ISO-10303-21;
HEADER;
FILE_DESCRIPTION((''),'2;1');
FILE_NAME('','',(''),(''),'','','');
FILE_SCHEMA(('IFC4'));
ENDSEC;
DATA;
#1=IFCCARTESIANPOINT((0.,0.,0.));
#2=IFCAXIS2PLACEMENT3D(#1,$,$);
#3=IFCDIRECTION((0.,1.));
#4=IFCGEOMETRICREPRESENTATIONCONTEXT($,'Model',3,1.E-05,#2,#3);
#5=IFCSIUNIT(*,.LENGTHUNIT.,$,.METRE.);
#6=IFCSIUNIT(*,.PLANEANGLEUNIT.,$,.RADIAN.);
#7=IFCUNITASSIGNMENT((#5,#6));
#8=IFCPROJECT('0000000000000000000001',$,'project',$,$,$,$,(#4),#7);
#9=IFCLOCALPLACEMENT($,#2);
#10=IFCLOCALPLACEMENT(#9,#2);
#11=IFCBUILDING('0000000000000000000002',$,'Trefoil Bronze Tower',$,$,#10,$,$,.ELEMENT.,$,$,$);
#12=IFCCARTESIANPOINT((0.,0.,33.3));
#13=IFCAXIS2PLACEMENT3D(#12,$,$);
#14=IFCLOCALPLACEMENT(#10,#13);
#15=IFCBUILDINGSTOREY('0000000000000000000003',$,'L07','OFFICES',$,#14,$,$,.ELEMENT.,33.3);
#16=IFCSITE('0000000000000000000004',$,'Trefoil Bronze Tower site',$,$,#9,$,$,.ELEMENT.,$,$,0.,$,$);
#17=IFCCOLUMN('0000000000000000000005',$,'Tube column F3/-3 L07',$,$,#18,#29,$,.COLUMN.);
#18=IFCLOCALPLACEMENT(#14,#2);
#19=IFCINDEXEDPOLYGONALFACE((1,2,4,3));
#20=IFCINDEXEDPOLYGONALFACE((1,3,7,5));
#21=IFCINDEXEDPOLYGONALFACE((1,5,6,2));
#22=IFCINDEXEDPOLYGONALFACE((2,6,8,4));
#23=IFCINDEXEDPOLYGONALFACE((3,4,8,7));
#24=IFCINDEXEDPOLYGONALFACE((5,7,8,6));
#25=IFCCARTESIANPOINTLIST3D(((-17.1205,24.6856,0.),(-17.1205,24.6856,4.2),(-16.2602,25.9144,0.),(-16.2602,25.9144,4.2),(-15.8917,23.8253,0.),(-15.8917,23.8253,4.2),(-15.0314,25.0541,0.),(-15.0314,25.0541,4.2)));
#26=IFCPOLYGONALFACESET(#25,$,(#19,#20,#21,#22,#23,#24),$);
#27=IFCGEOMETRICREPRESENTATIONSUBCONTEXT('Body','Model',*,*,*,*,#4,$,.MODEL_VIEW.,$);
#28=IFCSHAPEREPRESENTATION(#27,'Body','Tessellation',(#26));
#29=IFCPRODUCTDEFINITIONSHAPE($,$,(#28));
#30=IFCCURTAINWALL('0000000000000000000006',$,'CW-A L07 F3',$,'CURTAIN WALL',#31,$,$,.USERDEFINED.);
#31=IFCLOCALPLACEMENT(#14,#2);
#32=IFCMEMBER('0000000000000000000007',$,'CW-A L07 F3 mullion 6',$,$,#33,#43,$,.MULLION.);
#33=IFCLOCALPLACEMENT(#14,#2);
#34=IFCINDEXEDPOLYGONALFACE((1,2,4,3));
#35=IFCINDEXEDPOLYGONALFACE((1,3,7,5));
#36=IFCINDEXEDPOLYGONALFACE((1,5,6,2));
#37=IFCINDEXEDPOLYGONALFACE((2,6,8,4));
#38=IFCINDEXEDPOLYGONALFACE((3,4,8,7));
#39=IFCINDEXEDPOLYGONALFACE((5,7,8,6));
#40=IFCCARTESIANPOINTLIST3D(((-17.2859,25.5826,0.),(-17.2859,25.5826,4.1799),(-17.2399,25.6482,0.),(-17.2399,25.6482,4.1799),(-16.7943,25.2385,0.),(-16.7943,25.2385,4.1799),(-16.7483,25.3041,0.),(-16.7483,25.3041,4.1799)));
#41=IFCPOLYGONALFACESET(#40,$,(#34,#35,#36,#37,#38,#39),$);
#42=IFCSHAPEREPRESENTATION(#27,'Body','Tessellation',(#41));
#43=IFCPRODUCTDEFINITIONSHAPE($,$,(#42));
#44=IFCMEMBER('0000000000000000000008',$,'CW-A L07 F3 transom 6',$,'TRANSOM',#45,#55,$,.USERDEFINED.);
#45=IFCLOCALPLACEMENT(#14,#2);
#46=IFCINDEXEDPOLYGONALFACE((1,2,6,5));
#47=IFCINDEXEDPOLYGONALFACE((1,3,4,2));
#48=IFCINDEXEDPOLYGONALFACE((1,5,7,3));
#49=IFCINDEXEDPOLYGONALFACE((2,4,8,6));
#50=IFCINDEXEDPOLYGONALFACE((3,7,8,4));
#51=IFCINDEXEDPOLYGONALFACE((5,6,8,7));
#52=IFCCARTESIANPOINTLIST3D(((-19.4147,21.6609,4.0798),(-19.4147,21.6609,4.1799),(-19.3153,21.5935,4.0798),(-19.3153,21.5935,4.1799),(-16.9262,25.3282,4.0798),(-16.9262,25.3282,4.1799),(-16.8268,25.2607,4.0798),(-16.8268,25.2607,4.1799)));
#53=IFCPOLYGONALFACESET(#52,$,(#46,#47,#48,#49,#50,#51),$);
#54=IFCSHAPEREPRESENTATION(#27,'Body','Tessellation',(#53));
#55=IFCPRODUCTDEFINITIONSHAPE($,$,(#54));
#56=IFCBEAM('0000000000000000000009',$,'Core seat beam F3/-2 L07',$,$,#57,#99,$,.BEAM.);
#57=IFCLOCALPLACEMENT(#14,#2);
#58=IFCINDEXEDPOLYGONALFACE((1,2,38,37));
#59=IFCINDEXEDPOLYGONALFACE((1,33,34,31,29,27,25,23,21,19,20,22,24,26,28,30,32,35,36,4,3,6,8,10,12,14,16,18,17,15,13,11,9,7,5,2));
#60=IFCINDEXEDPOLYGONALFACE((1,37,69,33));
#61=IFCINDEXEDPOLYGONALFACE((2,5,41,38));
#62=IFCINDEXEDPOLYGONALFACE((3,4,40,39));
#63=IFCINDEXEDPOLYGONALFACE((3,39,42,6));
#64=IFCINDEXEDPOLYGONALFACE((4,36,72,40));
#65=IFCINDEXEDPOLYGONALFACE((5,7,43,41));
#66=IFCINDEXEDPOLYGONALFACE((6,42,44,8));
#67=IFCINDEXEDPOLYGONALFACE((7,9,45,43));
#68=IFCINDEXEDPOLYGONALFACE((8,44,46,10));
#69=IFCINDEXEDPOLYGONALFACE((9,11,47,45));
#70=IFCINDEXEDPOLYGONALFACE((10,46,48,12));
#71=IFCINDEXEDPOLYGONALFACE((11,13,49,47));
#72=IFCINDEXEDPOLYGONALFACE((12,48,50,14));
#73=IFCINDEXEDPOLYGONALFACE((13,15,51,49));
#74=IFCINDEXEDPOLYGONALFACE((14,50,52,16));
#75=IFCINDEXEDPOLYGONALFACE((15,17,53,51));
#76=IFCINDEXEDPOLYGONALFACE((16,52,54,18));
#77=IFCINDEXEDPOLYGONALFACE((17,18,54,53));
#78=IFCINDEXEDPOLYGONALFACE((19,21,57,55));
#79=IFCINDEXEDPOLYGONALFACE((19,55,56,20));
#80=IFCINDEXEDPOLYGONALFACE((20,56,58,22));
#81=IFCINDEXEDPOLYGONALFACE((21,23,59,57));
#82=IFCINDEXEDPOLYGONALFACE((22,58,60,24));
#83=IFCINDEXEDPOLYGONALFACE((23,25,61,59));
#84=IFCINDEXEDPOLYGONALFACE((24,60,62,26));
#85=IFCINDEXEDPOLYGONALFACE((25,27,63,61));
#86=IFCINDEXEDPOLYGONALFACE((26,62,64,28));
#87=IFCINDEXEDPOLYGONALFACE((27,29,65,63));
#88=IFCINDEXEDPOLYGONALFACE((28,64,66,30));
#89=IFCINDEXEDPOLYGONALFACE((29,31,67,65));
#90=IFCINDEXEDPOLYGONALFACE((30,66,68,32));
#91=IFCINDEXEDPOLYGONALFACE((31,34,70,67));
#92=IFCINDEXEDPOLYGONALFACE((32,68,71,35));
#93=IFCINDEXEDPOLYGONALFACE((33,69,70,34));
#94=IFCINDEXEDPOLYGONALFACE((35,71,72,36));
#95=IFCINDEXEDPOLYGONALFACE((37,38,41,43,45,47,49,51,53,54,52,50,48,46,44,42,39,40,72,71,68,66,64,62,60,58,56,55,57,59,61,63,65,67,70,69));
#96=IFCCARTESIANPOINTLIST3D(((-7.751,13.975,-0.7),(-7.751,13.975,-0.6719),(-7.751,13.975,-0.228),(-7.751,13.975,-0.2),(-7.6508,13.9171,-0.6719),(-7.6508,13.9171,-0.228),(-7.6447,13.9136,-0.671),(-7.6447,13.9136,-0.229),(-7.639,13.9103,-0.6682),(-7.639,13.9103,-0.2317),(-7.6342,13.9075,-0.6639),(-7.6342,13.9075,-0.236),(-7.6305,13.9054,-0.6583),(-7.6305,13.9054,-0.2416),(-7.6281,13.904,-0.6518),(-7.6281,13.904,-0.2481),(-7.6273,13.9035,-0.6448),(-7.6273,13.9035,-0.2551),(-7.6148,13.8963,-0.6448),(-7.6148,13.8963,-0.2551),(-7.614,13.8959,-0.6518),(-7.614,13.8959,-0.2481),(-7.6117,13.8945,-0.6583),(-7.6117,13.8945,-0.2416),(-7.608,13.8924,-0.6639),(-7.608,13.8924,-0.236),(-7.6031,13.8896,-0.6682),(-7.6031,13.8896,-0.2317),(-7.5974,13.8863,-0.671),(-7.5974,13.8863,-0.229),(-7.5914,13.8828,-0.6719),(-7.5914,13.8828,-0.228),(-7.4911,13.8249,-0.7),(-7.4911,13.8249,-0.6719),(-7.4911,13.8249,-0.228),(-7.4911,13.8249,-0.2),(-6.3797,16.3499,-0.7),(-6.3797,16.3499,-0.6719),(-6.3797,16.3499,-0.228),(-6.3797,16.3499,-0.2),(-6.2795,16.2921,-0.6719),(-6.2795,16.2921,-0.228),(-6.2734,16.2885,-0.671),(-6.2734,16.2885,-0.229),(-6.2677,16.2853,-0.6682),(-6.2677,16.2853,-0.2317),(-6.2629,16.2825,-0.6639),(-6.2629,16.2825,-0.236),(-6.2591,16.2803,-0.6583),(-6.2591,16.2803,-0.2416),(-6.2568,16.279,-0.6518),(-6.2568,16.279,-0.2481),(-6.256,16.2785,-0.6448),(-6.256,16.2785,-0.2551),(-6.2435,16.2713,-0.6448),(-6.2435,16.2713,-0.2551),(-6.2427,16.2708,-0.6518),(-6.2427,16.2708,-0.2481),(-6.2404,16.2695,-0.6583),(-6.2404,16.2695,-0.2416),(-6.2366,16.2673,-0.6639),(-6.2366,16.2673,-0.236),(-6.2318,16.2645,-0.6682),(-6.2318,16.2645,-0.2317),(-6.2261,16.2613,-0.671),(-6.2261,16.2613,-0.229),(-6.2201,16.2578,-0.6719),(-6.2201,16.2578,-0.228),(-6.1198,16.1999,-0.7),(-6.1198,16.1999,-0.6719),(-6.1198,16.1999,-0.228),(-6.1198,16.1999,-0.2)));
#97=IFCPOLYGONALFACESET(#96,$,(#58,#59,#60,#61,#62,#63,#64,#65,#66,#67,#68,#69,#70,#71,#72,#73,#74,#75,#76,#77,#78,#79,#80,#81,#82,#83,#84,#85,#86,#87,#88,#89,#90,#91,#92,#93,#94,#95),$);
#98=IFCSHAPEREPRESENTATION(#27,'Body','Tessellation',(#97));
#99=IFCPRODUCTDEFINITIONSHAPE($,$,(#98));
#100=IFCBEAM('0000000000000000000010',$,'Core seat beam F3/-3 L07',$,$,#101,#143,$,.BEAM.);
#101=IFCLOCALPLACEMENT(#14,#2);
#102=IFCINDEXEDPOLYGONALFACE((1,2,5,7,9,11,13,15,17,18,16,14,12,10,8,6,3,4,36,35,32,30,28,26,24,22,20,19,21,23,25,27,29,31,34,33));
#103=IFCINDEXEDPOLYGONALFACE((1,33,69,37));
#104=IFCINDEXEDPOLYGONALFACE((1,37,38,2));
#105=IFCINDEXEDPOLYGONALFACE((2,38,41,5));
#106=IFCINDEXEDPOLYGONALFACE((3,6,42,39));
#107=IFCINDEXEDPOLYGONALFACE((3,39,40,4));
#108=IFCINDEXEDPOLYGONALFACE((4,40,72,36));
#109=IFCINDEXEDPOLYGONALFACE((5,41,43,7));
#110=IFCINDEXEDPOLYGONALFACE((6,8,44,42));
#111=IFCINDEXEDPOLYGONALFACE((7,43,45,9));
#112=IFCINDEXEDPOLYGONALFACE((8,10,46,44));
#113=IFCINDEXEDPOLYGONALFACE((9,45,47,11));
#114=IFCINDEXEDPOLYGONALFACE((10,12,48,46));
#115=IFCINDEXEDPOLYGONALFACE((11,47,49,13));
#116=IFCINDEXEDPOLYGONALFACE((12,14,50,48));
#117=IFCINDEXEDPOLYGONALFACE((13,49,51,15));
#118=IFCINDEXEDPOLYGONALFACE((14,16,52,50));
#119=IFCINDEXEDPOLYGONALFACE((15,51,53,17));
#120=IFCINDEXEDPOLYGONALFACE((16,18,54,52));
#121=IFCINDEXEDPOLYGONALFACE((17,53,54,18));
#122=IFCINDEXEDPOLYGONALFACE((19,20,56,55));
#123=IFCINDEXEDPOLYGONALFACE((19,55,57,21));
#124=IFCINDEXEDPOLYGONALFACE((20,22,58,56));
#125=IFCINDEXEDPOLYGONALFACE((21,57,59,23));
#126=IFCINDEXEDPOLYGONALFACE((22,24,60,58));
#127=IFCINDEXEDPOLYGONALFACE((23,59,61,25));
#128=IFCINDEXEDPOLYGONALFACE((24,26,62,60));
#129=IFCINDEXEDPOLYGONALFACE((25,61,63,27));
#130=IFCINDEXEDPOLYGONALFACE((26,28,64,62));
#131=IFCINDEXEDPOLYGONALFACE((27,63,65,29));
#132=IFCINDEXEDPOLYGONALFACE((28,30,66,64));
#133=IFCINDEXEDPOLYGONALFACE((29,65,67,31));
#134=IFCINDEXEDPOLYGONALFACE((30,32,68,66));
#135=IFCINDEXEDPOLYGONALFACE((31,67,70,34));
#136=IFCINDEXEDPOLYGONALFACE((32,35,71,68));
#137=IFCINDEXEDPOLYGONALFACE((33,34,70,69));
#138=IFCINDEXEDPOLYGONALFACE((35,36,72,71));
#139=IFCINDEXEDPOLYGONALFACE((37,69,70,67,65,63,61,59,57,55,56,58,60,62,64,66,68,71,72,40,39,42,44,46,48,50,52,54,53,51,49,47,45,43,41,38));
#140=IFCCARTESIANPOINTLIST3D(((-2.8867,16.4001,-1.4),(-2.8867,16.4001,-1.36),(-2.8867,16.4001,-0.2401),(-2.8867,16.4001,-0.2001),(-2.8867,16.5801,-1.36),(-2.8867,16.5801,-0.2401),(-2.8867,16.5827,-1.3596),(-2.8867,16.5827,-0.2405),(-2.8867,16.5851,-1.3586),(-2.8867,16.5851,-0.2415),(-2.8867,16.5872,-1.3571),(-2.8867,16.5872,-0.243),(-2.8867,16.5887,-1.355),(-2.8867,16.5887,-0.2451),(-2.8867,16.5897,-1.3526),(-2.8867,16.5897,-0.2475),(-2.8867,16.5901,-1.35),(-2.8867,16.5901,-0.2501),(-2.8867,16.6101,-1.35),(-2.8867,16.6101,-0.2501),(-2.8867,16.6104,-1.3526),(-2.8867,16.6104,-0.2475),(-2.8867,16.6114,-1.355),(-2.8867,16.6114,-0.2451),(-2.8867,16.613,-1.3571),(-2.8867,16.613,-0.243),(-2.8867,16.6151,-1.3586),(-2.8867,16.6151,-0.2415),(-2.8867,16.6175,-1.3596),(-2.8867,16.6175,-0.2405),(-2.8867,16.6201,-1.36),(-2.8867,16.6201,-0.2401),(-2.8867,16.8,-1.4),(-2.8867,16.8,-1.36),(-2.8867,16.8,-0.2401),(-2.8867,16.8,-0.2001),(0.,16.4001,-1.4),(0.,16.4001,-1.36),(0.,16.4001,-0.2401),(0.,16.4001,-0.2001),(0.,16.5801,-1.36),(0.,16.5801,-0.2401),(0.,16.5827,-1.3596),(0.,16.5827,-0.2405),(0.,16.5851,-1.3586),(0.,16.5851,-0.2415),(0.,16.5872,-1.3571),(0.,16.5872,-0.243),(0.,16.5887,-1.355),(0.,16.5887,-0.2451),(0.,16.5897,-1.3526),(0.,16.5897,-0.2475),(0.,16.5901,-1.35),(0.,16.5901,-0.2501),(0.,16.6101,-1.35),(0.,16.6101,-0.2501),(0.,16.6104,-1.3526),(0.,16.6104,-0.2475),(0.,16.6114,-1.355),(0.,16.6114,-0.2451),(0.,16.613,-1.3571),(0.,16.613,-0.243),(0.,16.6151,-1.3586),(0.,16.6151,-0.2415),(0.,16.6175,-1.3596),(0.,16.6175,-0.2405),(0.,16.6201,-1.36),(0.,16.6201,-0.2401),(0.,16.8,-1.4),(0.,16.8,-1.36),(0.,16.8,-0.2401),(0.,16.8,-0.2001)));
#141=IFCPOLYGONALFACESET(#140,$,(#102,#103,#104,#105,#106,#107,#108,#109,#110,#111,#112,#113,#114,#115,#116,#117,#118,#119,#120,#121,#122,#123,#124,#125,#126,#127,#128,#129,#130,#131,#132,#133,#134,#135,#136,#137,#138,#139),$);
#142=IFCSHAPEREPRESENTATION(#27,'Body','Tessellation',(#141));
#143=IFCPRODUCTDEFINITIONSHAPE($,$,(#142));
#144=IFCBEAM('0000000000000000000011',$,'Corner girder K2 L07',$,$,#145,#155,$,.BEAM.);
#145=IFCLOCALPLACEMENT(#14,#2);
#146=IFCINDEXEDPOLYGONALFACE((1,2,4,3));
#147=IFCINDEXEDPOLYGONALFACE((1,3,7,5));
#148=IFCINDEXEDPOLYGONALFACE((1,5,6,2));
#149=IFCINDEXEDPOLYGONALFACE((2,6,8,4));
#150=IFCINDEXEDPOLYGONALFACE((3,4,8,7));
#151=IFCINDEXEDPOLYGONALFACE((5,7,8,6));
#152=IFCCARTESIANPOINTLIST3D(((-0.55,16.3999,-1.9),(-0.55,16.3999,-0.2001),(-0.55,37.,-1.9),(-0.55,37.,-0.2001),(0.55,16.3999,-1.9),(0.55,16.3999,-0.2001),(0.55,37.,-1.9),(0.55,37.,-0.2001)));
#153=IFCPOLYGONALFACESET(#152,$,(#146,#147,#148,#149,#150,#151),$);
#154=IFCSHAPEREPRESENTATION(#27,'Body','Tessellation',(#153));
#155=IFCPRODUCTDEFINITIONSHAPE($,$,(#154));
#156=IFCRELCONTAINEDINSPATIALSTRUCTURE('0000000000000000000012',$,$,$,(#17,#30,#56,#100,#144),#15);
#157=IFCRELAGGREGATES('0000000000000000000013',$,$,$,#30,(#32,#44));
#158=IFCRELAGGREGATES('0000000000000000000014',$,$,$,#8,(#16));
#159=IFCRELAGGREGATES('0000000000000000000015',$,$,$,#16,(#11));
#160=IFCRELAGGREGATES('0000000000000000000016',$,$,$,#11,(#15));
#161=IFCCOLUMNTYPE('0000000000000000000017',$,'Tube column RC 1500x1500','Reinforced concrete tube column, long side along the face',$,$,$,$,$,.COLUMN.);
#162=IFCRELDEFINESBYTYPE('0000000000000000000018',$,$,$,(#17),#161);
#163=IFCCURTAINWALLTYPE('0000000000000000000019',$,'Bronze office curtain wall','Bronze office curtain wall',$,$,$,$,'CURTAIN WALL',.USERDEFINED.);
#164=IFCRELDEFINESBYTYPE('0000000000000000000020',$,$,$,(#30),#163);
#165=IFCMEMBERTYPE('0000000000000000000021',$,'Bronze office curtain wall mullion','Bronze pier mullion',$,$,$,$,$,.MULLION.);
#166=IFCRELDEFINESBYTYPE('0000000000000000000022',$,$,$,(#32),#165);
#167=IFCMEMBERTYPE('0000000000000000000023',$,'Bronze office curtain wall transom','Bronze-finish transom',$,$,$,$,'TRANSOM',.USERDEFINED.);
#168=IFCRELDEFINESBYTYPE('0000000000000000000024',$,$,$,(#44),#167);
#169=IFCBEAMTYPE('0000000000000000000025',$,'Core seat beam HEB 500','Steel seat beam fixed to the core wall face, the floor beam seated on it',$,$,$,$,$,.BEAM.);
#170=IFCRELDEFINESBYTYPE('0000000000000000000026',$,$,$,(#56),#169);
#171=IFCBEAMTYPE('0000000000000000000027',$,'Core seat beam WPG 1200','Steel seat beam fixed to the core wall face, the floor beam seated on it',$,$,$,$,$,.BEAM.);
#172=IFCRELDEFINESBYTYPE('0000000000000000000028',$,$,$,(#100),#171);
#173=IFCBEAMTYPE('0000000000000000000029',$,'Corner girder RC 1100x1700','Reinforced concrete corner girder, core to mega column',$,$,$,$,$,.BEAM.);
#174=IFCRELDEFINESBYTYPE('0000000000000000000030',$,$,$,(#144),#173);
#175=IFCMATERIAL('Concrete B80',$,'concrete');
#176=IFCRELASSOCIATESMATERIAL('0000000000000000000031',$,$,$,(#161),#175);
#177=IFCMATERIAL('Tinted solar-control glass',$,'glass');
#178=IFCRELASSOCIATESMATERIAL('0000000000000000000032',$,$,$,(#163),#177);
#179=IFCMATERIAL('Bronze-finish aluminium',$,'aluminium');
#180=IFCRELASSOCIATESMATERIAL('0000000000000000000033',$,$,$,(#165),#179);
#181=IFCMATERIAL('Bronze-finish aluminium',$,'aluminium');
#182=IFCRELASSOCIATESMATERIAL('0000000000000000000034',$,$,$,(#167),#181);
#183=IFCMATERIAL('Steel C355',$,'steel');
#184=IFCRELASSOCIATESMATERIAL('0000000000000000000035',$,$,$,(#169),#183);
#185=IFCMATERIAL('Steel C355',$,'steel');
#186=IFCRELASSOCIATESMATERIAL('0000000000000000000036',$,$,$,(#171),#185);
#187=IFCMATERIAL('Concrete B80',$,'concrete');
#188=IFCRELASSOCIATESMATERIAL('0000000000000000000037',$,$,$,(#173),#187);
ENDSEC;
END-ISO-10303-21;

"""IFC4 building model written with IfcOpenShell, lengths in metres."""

from ifc_helpers import new_model, si_unit, direction, frame, origin, origin_2d, place, context, subcontext, project, spatial, rectangle, i_section, extrude, material, material_profile, profile_set, type_object, element, aggregate, save


model = new_model("IFC4")

# Units and contexts
model_context = context("Model", 3, precision=1e-05, world=origin(), true_north=direction((0.0, 1.0)))
body_context = subcontext(model_context, "Body", "Model", "MODEL_VIEW")
ifc_project = project(units=[si_unit("LENGTHUNIT", "METRE"), si_unit("PLANEANGLEUNIT", "RADIAN")], contexts=[model_context])

# Site, building, storey
site_placement = place(None, origin())
site = spatial("IfcSite", under=ifc_project, at=site_placement, Name="Trefoil Bronze Tower site", CompositionType="ELEMENT", RefElevation=0.0)
building_placement = place(site_placement, origin())
building = spatial("IfcBuilding", under=site, at=building_placement, Name="Trefoil Bronze Tower", CompositionType="ELEMENT")
storey_placement = place(building_placement, frame((0.0, 0.0, 33.3)))
storey = spatial("IfcBuildingStorey", under=building, at=storey_placement, Name="L07", Description="OFFICES", CompositionType="ELEMENT", Elevation=33.3)

# Column
ifc_material_1 = material(Name="Concrete B80", Category="concrete")
ifc_material_profile_1 = material_profile(ifc_material_1, rectangle(XDim=1.5, YDim=1.5, at=origin_2d()), Name="RC 1500x1500")
ifc_profile_set_1 = profile_set([ifc_material_profile_1], Name="Concrete B80")
column_type = type_object("IfcColumnType", Name="Tube column RC 1500x1500", Description="Reinforced concrete tube column, long side along the face", PredefinedType="COLUMN", material=ifc_profile_set_1)
column_placement = place(storey_placement, frame((-16.0759, 24.8699, 0.0), z_axis=(0.0, 0.0, 1.0), x_axis=(-0.573502, -0.819204, 0.0)))
element("IfcColumn", 1, at=column_placement, inside=storey, type_object=column_type, Name="Tube column F3/-3 L07", PredefinedType="COLUMN", context=body_context, shape_type="SweptSolid", body=[
    extrude(rectangle(XDim=1.5, YDim=1.5, at=origin_2d()), origin(), (0.0, 0.0, 1.0), 4.2),
])

# Curtain wall, members
ifc_material_2 = material(Name="Tinted solar-control glass", Category="glass")
curtain_wall_type = type_object("IfcCurtainWallType", Name="Bronze office curtain wall", Description="Bronze office curtain wall", ElementType="CURTAIN WALL", PredefinedType="USERDEFINED", material=ifc_material_2)
curtain_wall_placement = place(storey_placement, origin())
curtain_wall = element("IfcCurtainWall", 2, at=curtain_wall_placement, inside=storey, type_object=curtain_wall_type, Name="CW-A L07 F3", ObjectType="CURTAIN WALL", PredefinedType="USERDEFINED")
ifc_material_3 = material(Name="Bronze-finish aluminium", Category="aluminium")
ifc_material_profile_2 = material_profile(ifc_material_3, rectangle(XDim=0.6001, YDim=0.0801, at=origin_2d()), Name="CW-A mullion")
ifc_profile_set_2 = profile_set([ifc_material_profile_2], Name="Bronze-finish aluminium")
member_type_1 = type_object("IfcMemberType", Name="Bronze office curtain wall mullion", Description="Bronze pier mullion", PredefinedType="MULLION", material=ifc_profile_set_2)
member_1_placement = place(storey_placement, frame((-17.0171, 25.4434, 0.0), z_axis=(0.0, 0.0, 1.0), x_axis=(0.819204, -0.573502, 0.0)))
member_1 = element("IfcMember", 3, at=member_1_placement, type_object=member_type_1, Name="CW-A L07 F3 mullion 6", PredefinedType="MULLION", context=body_context, shape_type="SweptSolid", body=[
    extrude(rectangle(XDim=0.6001, YDim=0.0801, at=origin_2d()), origin(), (0.0, 0.0, 1.0), 4.1799),
])
ifc_material_4 = material(Name="Bronze-finish aluminium", Category="aluminium")
ifc_material_profile_3 = material_profile(ifc_material_4, rectangle(XDim=0.1201, YDim=0.1001, at=origin_2d()), Name="CW-A transom")
ifc_profile_set_3 = profile_set([ifc_material_profile_3], Name="Bronze-finish aluminium")
member_type_2 = type_object("IfcMemberType", Name="Bronze office curtain wall transom", Description="Bronze-finish transom", ElementType="TRANSOM", PredefinedType="USERDEFINED", material=ifc_profile_set_3)
member_2_placement = place(storey_placement, frame((-16.8765, 25.2944, 4.1299), z_axis=(-0.561508, -0.827471, 0.0), x_axis=(0.827471, -0.561508, 0.0)))
member_2 = element("IfcMember", 4, at=member_2_placement, type_object=member_type_2, Name="CW-A L07 F3 transom 6", ObjectType="TRANSOM", PredefinedType="USERDEFINED", context=body_context, shape_type="SweptSolid", body=[
    extrude(rectangle(XDim=0.1201, YDim=0.1001, at=origin_2d()), origin(), (0.0, 0.0, 1.0), 4.4319),
])

# Beams
ifc_material_5 = material(Name="Steel C355", Category="steel")
ifc_material_profile_4 = material_profile(ifc_material_5, i_section(OverallWidth=0.3, OverallDepth=0.5, WebThickness=0.0144, FlangeThickness=0.0281, FilletRadius=0.0271, at=origin_2d()), Name="HEB 500")
ifc_profile_set_4 = profile_set([ifc_material_profile_4], Name="Steel C355")
beam_type_1 = type_object("IfcBeamType", Name="Core seat beam HEB 500", Description="Steel seat beam fixed to the core wall face, the floor beam seated on it", PredefinedType="BEAM", material=ifc_profile_set_4)
beam_1_placement = place(storey_placement, frame((-6.2498, 16.2749, -0.45), z_axis=(-0.500036, -0.866005, 0.0), x_axis=(0.866005, -0.500036, 0.0)))
element("IfcBeam", 5, at=beam_1_placement, inside=storey, type_object=beam_type_1, Name="Core seat beam F3/-2 L07", PredefinedType="BEAM", context=body_context, shape_type="SweptSolid", body=[
    extrude(i_section(OverallWidth=0.3, OverallDepth=0.5, WebThickness=0.0144, FlangeThickness=0.0281, FilletRadius=0.0271, at=origin_2d()), origin(), (0.0, 0.0, 1.0), 2.7424),
])
ifc_material_6 = material(Name="Steel C355", Category="steel")
ifc_material_profile_5 = material_profile(ifc_material_6, i_section(OverallWidth=0.3999, OverallDepth=1.2, WebThickness=0.02, FlangeThickness=0.04, FilletRadius=0.01, at=origin_2d()), Name="WPG 1200")
ifc_profile_set_5 = profile_set([ifc_material_profile_5], Name="Steel C355")
beam_type_2 = type_object("IfcBeamType", Name="Core seat beam WPG 1200", Description="Steel seat beam fixed to the core wall face, the floor beam seated on it", PredefinedType="BEAM", material=ifc_profile_set_5)
beam_2_placement = place(storey_placement, frame((0.0, 16.6001, -0.8), z_axis=(-1.0, 0.0, 0.0), x_axis=(0.0, -1.0, 0.0)))
element("IfcBeam", 6, at=beam_2_placement, inside=storey, type_object=beam_type_2, Name="Core seat beam F3/-3 L07", PredefinedType="BEAM", context=body_context, shape_type="SweptSolid", body=[
    extrude(i_section(OverallWidth=0.3999, OverallDepth=1.2, WebThickness=0.02, FlangeThickness=0.04, FilletRadius=0.01, at=origin_2d()), origin(), (0.0, 0.0, 1.0), 2.8867),
])
ifc_material_7 = material(Name="Concrete B80", Category="concrete")
ifc_material_profile_6 = material_profile(ifc_material_7, rectangle(XDim=1.1001, YDim=1.7, at=origin_2d()), Name="RC 1100x1700")
ifc_profile_set_6 = profile_set([ifc_material_profile_6], Name="Concrete B80")
beam_type_3 = type_object("IfcBeamType", Name="Corner girder RC 1100x1700", Description="Reinforced concrete corner girder, core to mega column", PredefinedType="BEAM", material=ifc_profile_set_6)
beam_3_placement = place(storey_placement, frame((0.0, 16.3999, -1.05), z_axis=(0.0, 1.0, 0.0), x_axis=(-1.0, 0.0, 0.0)))
element("IfcBeam", 7, at=beam_3_placement, inside=storey, type_object=beam_type_3, Name="Corner girder K2 L07", PredefinedType="BEAM", context=body_context, shape_type="SweptSolid", body=[
    extrude(rectangle(XDim=1.1001, YDim=1.7, at=origin_2d()), origin(), (0.0, 0.0, 1.0), 20.6001),
])

aggregate(curtain_wall, [member_1, member_2])

save(model, "model.ifc")
